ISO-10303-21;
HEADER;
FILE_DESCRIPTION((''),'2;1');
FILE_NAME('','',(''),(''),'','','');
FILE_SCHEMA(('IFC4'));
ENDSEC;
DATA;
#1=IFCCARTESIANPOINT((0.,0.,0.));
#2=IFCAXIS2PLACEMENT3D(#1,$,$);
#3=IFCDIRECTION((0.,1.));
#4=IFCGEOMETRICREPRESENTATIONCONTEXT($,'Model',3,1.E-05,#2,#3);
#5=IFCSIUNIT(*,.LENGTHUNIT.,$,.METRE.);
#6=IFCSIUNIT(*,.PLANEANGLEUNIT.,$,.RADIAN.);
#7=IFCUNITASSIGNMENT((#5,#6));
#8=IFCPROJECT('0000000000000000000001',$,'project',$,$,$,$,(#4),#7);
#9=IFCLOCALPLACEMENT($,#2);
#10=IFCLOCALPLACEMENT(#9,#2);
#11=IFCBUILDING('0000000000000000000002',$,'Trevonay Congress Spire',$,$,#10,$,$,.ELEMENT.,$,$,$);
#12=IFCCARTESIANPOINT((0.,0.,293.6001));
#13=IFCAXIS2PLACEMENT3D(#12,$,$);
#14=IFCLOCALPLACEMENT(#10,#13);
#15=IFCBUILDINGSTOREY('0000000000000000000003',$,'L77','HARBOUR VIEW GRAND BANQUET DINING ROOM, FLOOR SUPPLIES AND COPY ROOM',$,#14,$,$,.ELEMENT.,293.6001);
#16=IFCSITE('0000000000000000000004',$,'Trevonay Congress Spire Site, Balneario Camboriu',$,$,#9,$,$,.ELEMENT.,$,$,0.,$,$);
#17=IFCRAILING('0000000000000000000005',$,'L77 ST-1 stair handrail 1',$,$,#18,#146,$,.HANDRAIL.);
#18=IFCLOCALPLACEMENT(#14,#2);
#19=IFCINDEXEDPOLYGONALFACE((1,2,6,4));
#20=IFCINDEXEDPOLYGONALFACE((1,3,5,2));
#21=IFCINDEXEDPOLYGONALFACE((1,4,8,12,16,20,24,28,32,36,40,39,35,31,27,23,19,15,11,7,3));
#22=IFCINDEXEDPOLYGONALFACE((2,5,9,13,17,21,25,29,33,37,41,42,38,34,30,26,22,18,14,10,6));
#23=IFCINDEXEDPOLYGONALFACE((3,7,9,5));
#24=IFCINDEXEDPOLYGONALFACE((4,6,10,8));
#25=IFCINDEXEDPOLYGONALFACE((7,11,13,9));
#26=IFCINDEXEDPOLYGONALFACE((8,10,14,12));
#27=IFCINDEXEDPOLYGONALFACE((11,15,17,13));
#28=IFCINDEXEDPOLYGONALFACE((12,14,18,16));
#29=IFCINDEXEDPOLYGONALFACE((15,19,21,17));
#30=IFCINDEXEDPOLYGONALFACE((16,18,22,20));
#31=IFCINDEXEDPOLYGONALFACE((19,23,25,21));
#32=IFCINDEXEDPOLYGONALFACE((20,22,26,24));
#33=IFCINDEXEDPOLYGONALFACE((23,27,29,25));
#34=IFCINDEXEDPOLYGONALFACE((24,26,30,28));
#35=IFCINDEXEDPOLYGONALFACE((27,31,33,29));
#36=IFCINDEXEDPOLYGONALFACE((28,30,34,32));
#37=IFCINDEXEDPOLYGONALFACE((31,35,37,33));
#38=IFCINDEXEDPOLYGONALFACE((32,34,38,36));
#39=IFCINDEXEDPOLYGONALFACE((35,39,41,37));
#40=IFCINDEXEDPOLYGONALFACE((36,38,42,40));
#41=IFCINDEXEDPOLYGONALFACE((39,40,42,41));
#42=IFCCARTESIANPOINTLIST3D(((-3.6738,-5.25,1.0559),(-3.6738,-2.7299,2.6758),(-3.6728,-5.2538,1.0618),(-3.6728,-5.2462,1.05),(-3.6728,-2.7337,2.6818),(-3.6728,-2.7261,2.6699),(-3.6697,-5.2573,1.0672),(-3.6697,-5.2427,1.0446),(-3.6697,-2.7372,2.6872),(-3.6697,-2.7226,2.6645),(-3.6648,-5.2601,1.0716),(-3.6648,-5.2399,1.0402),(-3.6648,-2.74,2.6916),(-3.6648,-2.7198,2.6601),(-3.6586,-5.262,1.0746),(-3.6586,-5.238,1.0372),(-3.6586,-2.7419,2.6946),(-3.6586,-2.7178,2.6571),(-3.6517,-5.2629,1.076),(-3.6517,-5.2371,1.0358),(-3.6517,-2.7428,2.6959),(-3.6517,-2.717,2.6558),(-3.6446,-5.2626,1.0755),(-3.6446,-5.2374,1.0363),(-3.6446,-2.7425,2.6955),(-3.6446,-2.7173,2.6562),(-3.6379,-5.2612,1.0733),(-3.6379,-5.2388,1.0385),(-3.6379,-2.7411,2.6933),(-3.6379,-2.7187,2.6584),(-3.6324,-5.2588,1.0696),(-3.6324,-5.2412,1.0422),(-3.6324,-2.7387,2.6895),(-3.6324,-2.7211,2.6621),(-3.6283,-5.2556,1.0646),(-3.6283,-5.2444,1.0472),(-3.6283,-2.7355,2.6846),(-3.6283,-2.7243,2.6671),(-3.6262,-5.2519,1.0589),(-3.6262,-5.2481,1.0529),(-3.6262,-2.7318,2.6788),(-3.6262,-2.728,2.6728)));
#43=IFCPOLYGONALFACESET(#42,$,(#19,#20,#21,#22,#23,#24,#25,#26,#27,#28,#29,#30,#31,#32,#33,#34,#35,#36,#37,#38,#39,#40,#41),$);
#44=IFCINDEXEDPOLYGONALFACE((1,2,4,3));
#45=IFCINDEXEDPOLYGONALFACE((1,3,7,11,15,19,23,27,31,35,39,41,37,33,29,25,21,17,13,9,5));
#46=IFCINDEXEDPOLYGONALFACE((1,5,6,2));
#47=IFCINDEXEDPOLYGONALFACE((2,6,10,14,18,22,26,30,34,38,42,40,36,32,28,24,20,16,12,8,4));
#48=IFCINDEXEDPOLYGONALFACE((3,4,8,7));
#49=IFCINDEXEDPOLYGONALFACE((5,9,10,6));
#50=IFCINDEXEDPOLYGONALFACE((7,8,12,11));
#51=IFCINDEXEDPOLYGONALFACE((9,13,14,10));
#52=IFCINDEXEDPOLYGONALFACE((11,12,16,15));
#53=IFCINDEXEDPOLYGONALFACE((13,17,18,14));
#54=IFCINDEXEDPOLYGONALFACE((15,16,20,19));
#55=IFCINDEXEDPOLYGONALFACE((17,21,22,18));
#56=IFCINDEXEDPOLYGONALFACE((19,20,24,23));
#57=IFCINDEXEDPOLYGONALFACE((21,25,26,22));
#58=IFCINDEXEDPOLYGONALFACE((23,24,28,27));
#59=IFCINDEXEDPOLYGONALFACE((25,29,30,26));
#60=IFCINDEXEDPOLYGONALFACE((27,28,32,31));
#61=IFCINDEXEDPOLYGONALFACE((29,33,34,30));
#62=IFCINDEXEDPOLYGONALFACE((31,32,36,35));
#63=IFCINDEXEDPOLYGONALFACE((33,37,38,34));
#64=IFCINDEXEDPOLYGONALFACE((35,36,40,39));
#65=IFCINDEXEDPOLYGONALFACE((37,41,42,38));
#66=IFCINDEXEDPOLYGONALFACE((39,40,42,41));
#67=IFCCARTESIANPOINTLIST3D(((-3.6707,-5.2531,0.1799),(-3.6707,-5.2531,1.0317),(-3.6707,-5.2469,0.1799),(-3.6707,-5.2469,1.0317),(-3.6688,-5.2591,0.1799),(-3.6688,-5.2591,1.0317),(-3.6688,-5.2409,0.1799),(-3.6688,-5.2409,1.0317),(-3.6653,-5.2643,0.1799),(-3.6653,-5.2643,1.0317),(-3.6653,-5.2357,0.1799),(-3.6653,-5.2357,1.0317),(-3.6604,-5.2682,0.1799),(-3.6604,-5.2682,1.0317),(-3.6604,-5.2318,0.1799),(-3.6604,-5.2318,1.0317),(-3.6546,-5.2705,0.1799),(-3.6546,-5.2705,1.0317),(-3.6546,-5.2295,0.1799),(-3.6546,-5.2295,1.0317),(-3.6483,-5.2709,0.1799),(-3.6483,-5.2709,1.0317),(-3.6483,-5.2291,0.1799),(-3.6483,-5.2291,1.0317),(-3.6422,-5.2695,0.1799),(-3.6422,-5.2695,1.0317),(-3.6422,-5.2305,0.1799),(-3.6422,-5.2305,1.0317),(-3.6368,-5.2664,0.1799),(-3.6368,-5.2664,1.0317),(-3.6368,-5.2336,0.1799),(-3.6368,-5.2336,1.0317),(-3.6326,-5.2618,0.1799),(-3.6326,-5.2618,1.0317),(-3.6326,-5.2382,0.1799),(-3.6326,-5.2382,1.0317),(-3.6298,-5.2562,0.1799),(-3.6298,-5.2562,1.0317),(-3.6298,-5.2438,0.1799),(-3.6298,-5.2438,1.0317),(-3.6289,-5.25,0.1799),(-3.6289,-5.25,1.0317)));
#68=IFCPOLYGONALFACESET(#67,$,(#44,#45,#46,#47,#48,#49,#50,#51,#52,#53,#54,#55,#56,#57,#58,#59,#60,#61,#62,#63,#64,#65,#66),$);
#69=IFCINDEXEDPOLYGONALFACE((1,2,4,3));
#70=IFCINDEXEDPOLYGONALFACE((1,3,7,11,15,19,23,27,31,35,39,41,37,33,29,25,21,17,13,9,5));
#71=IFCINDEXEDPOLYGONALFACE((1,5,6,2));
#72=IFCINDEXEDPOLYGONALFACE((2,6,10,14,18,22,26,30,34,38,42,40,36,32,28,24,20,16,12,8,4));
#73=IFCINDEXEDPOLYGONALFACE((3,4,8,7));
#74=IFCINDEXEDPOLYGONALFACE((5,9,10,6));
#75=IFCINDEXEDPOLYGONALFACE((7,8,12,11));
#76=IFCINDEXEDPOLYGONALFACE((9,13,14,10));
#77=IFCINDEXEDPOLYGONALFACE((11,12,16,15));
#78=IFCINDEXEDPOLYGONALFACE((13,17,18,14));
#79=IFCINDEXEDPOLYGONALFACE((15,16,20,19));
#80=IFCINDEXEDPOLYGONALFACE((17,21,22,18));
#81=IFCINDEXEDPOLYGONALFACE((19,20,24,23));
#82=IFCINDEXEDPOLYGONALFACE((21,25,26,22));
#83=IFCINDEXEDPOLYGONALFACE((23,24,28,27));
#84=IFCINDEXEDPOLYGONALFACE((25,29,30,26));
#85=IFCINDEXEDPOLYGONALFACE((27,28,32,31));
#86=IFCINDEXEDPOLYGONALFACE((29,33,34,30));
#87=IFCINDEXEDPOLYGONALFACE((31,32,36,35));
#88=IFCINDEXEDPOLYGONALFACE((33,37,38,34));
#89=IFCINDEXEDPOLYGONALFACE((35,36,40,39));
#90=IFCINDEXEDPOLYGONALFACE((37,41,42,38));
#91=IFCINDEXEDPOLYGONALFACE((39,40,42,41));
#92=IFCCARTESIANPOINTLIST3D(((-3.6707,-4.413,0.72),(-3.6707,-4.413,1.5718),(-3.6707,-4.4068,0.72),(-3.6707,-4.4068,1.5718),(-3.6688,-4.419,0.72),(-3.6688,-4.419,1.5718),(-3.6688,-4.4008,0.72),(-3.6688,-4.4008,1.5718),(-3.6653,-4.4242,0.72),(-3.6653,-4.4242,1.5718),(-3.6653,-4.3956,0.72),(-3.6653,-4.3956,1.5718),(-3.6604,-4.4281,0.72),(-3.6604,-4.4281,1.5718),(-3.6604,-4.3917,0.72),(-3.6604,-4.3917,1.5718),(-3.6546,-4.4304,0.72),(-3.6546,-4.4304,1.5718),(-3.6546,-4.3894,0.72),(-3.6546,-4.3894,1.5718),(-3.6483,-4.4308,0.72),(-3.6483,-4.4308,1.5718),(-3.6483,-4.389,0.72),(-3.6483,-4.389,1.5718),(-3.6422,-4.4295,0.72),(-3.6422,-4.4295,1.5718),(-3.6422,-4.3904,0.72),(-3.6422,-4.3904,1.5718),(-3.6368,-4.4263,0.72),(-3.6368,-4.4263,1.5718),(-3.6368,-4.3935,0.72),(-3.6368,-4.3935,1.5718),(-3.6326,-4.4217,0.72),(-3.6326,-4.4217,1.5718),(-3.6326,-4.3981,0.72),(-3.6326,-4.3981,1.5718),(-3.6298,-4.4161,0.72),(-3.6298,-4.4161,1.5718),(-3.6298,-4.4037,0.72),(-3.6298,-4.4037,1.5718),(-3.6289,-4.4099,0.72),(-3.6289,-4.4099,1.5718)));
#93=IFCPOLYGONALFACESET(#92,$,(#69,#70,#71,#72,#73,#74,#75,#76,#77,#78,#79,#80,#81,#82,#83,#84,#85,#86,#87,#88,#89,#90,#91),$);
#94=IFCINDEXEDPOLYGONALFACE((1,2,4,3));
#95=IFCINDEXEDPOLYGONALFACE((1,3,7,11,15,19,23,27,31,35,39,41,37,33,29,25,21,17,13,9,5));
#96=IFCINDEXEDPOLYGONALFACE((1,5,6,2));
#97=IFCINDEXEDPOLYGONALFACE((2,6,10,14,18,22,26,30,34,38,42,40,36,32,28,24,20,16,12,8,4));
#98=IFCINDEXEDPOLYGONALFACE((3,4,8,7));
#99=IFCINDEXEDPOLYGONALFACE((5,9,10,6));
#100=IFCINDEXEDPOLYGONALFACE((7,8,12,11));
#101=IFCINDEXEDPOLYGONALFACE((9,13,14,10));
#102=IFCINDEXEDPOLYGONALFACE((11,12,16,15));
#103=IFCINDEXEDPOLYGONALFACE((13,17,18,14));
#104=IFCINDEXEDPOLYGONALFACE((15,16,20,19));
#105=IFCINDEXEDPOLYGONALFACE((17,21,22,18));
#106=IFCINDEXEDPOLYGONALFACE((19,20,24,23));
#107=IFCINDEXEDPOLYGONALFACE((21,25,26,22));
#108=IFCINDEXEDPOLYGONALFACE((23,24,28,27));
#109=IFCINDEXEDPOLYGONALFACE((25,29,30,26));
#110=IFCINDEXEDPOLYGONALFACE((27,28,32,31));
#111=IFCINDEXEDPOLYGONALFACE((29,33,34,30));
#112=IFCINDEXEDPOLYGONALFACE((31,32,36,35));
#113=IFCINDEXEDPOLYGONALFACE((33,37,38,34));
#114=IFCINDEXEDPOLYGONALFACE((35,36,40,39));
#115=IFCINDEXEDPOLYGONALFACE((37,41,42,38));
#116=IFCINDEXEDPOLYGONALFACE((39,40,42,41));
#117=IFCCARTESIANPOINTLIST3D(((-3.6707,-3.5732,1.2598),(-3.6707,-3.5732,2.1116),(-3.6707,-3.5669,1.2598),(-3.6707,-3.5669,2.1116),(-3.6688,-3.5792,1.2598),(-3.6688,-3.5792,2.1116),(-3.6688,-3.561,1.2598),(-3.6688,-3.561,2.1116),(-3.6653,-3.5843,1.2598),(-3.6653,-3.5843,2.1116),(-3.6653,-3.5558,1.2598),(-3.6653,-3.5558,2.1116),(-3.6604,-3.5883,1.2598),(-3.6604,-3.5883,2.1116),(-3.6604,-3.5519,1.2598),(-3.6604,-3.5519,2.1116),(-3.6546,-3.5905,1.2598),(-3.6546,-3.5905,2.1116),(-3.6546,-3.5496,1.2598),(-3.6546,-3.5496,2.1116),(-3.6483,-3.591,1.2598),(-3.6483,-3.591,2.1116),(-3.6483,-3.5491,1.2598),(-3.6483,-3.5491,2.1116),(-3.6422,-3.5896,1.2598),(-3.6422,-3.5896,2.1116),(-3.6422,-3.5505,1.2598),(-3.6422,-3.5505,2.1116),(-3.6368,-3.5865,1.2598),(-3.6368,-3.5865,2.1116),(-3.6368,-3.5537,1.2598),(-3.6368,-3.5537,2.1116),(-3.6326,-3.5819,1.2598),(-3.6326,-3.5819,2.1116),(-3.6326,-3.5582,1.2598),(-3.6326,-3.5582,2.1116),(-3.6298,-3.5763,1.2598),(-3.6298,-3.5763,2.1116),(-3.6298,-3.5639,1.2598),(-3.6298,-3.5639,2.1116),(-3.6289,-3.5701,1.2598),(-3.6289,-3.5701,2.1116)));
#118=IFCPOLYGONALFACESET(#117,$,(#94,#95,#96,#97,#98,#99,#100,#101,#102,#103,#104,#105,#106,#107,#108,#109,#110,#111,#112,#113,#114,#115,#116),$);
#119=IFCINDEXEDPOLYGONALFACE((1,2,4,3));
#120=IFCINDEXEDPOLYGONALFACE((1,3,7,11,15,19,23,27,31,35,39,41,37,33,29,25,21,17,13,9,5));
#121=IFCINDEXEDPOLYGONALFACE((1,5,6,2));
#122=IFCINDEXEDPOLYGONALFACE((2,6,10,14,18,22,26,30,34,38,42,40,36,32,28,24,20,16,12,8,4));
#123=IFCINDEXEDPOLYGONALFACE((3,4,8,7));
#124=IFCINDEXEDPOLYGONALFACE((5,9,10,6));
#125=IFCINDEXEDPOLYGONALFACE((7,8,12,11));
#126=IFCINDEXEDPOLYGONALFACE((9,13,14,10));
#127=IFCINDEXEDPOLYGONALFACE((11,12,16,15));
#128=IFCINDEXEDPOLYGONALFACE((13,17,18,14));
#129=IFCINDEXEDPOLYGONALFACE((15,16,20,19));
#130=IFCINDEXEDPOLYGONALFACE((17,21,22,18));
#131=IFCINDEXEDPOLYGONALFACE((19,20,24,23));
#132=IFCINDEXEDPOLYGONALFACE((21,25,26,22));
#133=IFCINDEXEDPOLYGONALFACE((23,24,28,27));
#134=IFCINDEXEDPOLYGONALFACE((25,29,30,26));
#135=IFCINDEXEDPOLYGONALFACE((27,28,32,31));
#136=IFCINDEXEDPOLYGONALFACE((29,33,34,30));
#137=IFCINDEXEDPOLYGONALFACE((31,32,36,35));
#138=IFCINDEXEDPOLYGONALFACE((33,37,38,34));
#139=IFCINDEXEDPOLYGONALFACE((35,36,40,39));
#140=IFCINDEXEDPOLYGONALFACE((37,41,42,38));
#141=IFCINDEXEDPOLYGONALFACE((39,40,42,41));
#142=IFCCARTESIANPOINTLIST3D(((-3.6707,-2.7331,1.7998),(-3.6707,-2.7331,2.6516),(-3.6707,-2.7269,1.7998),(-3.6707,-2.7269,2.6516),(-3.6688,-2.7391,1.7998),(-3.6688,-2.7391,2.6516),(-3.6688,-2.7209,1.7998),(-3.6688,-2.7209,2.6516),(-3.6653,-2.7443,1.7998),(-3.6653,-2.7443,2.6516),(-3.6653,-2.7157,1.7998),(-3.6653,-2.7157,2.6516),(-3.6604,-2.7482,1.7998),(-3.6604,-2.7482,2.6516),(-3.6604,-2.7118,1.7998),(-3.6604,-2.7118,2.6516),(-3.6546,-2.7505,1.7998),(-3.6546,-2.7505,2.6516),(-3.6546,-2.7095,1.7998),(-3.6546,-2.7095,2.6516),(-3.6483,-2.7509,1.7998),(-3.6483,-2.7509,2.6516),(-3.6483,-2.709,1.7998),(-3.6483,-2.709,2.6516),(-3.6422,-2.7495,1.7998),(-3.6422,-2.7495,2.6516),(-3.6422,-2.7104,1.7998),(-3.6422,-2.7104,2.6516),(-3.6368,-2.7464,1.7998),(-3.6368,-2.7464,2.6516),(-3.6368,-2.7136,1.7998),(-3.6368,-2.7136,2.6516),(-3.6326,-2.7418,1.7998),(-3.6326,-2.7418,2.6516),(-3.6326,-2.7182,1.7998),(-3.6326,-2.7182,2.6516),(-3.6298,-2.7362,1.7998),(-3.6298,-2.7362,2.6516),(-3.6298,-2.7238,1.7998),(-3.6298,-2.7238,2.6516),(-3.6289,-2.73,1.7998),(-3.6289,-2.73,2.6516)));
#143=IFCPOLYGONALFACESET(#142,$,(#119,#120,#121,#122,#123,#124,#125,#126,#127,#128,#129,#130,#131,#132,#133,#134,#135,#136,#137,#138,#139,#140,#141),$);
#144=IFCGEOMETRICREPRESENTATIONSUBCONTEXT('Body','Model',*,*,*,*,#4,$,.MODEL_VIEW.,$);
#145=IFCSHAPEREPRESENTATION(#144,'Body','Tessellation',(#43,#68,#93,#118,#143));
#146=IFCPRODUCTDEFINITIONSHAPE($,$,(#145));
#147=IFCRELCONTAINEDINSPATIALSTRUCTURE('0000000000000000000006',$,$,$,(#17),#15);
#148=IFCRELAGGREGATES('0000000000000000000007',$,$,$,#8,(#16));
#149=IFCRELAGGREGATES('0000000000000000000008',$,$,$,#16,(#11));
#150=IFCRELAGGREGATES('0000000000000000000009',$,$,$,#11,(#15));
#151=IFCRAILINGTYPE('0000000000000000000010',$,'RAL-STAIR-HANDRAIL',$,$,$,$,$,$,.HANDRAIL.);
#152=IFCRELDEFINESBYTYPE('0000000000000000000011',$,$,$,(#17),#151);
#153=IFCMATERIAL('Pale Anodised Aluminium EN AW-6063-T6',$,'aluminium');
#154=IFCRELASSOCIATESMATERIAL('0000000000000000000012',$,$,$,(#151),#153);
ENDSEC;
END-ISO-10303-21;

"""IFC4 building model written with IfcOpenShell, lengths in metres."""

from ifc_helpers import new_model, si_unit, direction, frame, origin, origin_2d, place, context, subcontext, project, spatial, circle, extrude, material, type_object, element, save


model = new_model("IFC4")

# Units and contexts
model_context = context("Model", 3, precision=1e-05, world=origin(), true_north=direction((0.0, 1.0)))
body_context = subcontext(model_context, "Body", "Model", "MODEL_VIEW")
ifc_project = project(units=[si_unit("LENGTHUNIT", "METRE"), si_unit("PLANEANGLEUNIT", "RADIAN")], contexts=[model_context])

# Site, building, storey
site_placement = place(None, origin())
site = spatial("IfcSite", under=ifc_project, at=site_placement, Name="Trevonay Congress Spire Site, Balneario Camboriu", CompositionType="ELEMENT", RefElevation=0.0)
building_placement = place(site_placement, origin())
building = spatial("IfcBuilding", under=site, at=building_placement, Name="Trevonay Congress Spire", CompositionType="ELEMENT")
storey_placement = place(building_placement, frame((0.0, 0.0, 293.6001)))
storey = spatial("IfcBuildingStorey", under=building, at=storey_placement, Name="L77", Description="HARBOUR VIEW GRAND BANQUET DINING ROOM, FLOOR SUPPLIES AND COPY ROOM", CompositionType="ELEMENT", Elevation=293.6001)

# Railing
ifc_material_1 = material(Name="Pale Anodised Aluminium EN AW-6063-T6", Category="aluminium")
railing_type_1 = type_object("IfcRailingType", Name="RAL-STAIR-HANDRAIL", PredefinedType="HANDRAIL", material=ifc_material_1)
railing_1_placement = place(storey_placement, frame((-3.6499, -5.25, 0.1799)))
element("IfcRailing", 1, at=railing_1_placement, inside=storey, type_object=railing_type_1, Name="L77 ST-1 stair handrail 1", PredefinedType="HANDRAIL", context=body_context, shape_type="SweptSolid", body=[
    extrude(circle(Radius=0.0239, at=origin_2d()), frame((0.0, 0.0, 0.876), z_axis=(0.0, 0.8412, 0.540725), x_axis=(-1.0, 0.0, 0.0)), (0.0, 0.0, 1.0), 2.9958),
    extrude(circle(Radius=0.021, at=origin_2d()), origin(), (0.0, 0.0, 1.0), 0.8518),
    extrude(circle(Radius=0.021, at=origin_2d()), frame((0.0, 0.8401, 0.54)), (0.0, 0.0, 1.0), 0.8518),
    extrude(circle(Radius=0.021, at=origin_2d()), frame((0.0, 1.6799, 1.0798)), (0.0, 0.0, 1.0), 0.8518),
    extrude(circle(Radius=0.021, at=origin_2d()), frame((0.0, 2.52, 1.6199)), (0.0, 0.0, 1.0), 0.8518),
])

save(model, "model.ifc")
